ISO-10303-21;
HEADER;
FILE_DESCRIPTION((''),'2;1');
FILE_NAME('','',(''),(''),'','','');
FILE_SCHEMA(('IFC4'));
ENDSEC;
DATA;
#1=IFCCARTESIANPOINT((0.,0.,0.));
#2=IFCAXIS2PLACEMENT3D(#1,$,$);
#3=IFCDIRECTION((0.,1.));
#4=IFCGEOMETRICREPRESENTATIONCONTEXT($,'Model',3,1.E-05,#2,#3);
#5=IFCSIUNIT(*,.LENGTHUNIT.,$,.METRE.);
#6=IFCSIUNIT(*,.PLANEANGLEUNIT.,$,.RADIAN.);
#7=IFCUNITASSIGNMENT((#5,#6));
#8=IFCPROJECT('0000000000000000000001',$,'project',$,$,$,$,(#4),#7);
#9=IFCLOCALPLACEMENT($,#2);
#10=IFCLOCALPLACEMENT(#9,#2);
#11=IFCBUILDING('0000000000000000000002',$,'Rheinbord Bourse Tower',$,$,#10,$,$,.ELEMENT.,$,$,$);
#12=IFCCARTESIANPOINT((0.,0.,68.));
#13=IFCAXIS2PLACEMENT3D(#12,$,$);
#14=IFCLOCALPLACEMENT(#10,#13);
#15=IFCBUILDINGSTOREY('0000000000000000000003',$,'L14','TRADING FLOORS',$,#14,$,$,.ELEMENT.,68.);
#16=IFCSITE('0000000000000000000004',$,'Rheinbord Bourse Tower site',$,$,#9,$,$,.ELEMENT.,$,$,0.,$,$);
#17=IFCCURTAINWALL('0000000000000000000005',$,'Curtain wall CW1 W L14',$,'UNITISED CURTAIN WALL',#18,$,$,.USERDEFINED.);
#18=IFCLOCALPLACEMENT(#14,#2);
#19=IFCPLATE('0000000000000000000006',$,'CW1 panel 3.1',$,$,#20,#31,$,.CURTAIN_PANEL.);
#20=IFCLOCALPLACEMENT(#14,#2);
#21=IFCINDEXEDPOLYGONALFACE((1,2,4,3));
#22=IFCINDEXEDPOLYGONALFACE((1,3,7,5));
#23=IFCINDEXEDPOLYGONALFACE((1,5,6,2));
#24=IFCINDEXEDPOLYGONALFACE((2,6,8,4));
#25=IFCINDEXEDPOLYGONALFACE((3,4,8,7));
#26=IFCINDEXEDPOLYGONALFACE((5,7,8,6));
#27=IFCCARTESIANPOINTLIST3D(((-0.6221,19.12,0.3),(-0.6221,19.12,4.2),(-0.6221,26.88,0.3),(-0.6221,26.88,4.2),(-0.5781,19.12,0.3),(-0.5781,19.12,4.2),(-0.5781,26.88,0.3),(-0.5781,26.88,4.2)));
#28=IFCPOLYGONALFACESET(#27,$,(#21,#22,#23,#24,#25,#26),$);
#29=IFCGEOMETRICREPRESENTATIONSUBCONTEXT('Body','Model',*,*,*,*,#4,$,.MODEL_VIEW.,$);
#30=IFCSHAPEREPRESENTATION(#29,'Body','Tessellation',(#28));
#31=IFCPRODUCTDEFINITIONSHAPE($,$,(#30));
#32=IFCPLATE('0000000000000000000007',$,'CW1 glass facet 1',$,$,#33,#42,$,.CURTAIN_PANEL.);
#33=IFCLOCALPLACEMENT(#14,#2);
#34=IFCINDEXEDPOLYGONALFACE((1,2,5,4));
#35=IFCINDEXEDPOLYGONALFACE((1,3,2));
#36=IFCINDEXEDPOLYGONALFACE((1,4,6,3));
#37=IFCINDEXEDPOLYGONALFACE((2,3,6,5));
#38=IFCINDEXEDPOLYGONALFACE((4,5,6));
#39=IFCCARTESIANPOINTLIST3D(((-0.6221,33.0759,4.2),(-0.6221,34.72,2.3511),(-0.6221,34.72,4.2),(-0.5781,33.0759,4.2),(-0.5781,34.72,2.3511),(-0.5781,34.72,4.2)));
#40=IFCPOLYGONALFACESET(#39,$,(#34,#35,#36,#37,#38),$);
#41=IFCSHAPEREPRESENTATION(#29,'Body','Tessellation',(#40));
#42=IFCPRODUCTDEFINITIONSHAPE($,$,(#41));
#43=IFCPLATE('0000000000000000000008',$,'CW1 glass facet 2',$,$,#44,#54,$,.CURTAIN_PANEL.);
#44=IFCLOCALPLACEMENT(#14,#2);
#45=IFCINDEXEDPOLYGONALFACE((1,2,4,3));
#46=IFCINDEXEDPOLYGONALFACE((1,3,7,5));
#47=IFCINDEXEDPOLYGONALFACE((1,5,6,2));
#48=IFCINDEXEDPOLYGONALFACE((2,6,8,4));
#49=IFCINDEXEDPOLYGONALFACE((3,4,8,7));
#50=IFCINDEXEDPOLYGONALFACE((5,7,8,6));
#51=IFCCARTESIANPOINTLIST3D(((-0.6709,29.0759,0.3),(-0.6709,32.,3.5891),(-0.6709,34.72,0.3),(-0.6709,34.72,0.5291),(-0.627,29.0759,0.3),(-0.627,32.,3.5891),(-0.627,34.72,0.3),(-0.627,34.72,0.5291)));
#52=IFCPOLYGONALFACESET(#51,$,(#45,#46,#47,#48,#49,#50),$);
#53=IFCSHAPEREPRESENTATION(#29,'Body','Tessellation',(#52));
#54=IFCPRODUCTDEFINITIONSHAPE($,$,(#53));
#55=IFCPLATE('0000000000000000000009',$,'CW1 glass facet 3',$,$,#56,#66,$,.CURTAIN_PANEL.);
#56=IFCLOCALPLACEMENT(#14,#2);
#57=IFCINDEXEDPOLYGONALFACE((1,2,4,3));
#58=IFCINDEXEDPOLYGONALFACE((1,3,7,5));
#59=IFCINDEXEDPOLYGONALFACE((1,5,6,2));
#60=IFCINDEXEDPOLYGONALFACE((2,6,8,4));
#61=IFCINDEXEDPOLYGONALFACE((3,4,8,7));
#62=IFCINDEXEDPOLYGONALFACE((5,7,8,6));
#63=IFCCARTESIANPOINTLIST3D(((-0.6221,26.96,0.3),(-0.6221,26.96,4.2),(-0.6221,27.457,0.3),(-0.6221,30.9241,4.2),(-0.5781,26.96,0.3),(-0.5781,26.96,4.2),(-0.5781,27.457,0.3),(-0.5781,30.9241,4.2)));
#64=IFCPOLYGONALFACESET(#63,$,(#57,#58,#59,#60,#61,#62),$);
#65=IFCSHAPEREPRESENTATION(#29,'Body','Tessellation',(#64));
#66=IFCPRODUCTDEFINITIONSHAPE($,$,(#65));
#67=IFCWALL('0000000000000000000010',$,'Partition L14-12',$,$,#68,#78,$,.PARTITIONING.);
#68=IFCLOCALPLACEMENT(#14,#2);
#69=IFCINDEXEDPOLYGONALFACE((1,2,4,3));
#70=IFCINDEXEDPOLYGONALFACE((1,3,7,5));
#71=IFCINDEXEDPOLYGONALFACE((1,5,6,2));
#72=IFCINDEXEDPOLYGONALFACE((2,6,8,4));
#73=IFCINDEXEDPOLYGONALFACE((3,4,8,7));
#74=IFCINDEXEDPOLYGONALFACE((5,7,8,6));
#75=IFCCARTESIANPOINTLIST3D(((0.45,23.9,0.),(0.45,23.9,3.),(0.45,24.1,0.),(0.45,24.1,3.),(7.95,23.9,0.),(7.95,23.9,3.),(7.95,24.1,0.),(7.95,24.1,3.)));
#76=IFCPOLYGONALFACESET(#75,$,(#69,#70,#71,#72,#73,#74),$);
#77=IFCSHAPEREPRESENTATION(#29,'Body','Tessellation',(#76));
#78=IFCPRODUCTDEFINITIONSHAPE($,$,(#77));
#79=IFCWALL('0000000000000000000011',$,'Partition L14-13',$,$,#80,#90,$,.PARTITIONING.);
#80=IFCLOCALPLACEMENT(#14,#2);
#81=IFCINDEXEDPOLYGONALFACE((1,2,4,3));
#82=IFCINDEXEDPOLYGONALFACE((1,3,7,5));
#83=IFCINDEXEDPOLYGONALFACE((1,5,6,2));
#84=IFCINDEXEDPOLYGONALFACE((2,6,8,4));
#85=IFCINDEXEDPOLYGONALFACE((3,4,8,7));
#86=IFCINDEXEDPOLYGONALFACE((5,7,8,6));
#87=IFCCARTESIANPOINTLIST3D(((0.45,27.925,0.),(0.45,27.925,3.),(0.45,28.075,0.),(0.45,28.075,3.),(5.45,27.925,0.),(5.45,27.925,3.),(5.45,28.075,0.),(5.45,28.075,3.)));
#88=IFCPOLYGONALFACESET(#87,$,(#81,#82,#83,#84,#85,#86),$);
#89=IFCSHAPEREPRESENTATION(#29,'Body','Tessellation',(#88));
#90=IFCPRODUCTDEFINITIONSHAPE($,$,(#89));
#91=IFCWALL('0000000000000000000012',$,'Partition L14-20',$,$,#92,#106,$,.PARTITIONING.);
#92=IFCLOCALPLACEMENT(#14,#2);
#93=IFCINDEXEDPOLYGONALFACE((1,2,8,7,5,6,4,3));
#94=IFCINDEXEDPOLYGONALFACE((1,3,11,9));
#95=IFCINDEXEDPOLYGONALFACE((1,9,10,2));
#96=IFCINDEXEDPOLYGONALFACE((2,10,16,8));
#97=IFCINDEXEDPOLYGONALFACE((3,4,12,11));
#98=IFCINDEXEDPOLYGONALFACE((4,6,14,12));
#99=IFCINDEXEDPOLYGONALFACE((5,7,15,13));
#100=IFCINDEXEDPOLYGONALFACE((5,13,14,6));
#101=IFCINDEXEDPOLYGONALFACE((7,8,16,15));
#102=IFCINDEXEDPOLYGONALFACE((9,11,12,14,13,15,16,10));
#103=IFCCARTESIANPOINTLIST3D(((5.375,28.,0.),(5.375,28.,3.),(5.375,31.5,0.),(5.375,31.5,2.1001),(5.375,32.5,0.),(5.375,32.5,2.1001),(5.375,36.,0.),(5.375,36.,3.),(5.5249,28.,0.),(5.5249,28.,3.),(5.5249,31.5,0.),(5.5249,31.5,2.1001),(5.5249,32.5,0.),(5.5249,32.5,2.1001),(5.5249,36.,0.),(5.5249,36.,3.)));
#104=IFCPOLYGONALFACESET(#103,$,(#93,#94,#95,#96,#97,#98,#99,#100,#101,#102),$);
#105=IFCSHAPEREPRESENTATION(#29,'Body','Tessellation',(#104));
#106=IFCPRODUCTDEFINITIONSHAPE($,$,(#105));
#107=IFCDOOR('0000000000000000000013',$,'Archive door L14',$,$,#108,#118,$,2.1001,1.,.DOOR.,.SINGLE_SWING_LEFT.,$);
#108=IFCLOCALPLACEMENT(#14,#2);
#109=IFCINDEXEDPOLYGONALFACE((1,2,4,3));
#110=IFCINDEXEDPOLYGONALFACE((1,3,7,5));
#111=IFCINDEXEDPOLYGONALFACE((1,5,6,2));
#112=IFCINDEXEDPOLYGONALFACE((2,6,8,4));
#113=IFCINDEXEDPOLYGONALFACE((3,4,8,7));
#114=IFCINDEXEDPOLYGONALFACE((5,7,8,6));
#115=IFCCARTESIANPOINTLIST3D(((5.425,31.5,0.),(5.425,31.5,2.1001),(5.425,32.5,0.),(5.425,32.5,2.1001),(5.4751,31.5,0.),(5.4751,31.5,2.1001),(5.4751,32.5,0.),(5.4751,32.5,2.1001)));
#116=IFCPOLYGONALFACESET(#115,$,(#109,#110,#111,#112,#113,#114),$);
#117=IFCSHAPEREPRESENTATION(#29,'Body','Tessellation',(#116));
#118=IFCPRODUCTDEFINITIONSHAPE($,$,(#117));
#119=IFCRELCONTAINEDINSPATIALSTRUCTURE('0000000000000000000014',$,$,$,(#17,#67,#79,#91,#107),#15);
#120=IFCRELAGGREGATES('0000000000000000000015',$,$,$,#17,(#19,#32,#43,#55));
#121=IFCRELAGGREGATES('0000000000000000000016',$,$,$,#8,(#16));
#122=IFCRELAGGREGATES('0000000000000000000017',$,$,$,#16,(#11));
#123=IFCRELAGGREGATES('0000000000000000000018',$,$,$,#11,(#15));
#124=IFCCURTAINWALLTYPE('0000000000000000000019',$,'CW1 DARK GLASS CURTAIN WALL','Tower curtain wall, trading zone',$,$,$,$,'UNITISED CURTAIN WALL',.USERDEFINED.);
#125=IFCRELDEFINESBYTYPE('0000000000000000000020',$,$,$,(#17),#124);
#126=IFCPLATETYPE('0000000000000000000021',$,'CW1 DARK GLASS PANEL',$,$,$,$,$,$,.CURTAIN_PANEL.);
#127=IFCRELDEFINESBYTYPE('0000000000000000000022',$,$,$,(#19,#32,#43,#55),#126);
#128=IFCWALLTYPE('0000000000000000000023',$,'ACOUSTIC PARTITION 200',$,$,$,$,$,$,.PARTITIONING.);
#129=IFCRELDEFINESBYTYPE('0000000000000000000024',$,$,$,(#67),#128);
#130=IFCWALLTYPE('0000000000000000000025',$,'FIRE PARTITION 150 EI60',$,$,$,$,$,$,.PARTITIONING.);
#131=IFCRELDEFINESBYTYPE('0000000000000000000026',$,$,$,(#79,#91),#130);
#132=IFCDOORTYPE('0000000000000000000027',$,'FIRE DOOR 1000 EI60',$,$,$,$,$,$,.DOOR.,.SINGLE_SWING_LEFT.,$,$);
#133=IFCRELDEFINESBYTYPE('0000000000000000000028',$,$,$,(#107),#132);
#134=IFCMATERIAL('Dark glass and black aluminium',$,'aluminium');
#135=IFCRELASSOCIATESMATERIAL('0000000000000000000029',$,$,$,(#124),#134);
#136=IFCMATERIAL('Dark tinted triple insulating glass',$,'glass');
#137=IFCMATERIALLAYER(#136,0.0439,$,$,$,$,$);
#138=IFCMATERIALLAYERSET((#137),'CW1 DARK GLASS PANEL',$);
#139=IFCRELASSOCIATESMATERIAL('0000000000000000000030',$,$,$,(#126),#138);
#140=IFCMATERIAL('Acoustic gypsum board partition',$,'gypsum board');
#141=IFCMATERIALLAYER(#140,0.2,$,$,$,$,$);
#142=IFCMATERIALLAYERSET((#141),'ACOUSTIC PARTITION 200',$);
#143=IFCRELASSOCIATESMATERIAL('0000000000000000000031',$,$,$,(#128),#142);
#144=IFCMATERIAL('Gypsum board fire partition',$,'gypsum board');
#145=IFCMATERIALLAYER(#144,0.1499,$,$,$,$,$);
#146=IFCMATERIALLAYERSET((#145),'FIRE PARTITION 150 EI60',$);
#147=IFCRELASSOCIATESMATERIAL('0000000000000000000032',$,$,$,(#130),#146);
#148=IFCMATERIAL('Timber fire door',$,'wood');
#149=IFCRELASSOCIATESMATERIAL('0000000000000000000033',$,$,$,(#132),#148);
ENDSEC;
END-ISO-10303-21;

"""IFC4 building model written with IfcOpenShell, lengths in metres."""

from ifc_helpers import new_model, si_unit, direction, frame, frame_2d, origin, origin_2d, place, context, subcontext, project, spatial, polyline, rectangle, outline, extrude, material, layer, layer_set, type_object, element, fill, aggregate, save


model = new_model("IFC4")

# Units and contexts
model_context = context("Model", 3, precision=1e-05, world=origin(), true_north=direction((0.0, 1.0)))
body_context = subcontext(model_context, "Body", "Model", "MODEL_VIEW")
ifc_project = project(units=[si_unit("LENGTHUNIT", "METRE"), si_unit("PLANEANGLEUNIT", "RADIAN")], contexts=[model_context])

# Site, building, storey
site_placement = place(None, origin())
site = spatial("IfcSite", under=ifc_project, at=site_placement, Name="Rheinbord Bourse Tower site", CompositionType="ELEMENT", RefElevation=0.0)
building_placement = place(site_placement, origin())
building = spatial("IfcBuilding", under=site, at=building_placement, Name="Rheinbord Bourse Tower", CompositionType="ELEMENT")
storey_placement = place(building_placement, frame((0.0, 0.0, 68.0)))
storey = spatial("IfcBuildingStorey", under=building, at=storey_placement, Name="L14", Description="TRADING FLOORS", CompositionType="ELEMENT", Elevation=68.0)

# Curtain wall
ifc_material_1 = material(Name="Dark glass and black aluminium", Category="aluminium")
curtain_wall_type = type_object("IfcCurtainWallType", Name="CW1 DARK GLASS CURTAIN WALL", Description="Tower curtain wall, trading zone", ElementType="UNITISED CURTAIN WALL", PredefinedType="USERDEFINED", material=ifc_material_1)
curtain_wall_placement = place(storey_placement, origin())
curtain_wall = element("IfcCurtainWall", 1, at=curtain_wall_placement, inside=storey, type_object=curtain_wall_type, Name="Curtain wall CW1 W L14", ObjectType="UNITISED CURTAIN WALL", PredefinedType="USERDEFINED")

# Plates
ifc_material_2 = material(Name="Dark tinted triple insulating glass", Category="glass")
ifc_layer_1 = layer(ifc_material_2, 0.0439)
ifc_layer_set_1 = layer_set([ifc_layer_1], Name="CW1 DARK GLASS PANEL")
plate_type = type_object("IfcPlateType", Name="CW1 DARK GLASS PANEL", PredefinedType="CURTAIN_PANEL", material=ifc_layer_set_1)
plate_1_placement = place(storey_placement, frame((-0.6001, 23.0, 0.3), z_axis=(0.0, 0.0, 1.0), x_axis=(0.0, -1.0, 0.0)))
plate_1 = element("IfcPlate", 2, at=plate_1_placement, type_object=plate_type, Name="CW1 panel 3.1", PredefinedType="CURTAIN_PANEL", context=body_context, shape_type="SweptSolid", body=[
    extrude(rectangle(XDim=7.76, YDim=0.0439, at=origin_2d()), origin(), (0.0, 0.0, 1.0), 3.8999),
])
plate_2_placement = place(storey_placement, frame((-0.6221, 34.72, 4.2), z_axis=(1.0, 0.0, 0.0), x_axis=(0.0, -1.0, 0.0)))
plate_2 = element("IfcPlate", 3, at=plate_2_placement, type_object=plate_type, Name="CW1 glass facet 1", PredefinedType="CURTAIN_PANEL", context=body_context, shape_type="SweptSolid", body=[
    extrude(outline(polyline([(0.0, 0.0), (1.644, 0.0), (0.0, 1.8489), (0.0, 0.0)])), origin(), (0.0, 0.0, 1.0), 0.0439),
])
plate_3_placement = place(storey_placement, frame((-0.6709, 34.72, 0.3), z_axis=(1.0, 0.0, 0.0), x_axis=(0.0, 0.0, 1.0)))
plate_3 = element("IfcPlate", 4, at=plate_3_placement, type_object=plate_type, Name="CW1 glass facet 2", PredefinedType="CURTAIN_PANEL", context=body_context, shape_type="SweptSolid", body=[
    extrude(outline(polyline([(0.0, 0.0), (0.229, 0.0), (3.2891, 2.72), (0.0, 5.644), (0.0, 0.0)])), origin(), (0.0, 0.0, 1.0), 0.0439),
])
plate_4_placement = place(storey_placement, frame((-0.6221, 26.96, 4.2), z_axis=(1.0, 0.0, 0.0), x_axis=(0.0, 0.0, -1.0)))
plate_4 = element("IfcPlate", 5, at=plate_4_placement, type_object=plate_type, Name="CW1 glass facet 3", PredefinedType="CURTAIN_PANEL", context=body_context, shape_type="SweptSolid", body=[
    extrude(outline(polyline([(0.0, 0.0), (3.8999, 0.0), (3.8999, 0.4971), (0.0, 3.9641), (0.0, 0.0)])), origin(), (0.0, 0.0, 1.0), 0.0439),
])
aggregate(curtain_wall, [plate_1, plate_2, plate_3, plate_4])

# Walls
ifc_material_3 = material(Name="Acoustic gypsum board partition", Category="gypsum board")
ifc_layer_2 = layer(ifc_material_3, 0.2)
ifc_layer_set_2 = layer_set([ifc_layer_2], Name="ACOUSTIC PARTITION 200")
wall_type_1 = type_object("IfcWallType", Name="ACOUSTIC PARTITION 200", PredefinedType="PARTITIONING", material=ifc_layer_set_2)
wall_1_placement = place(storey_placement, frame((0.45, 24.0, 0.0), z_axis=(0.0, 0.0, 1.0), x_axis=(1.0, 0.0, 0.0)))
element("IfcWall", 6, at=wall_1_placement, inside=storey, type_object=wall_type_1, Name="Partition L14-12", PredefinedType="PARTITIONING", context=body_context, shape_type="SweptSolid", body=[
    extrude(rectangle(XDim=7.5, YDim=0.2, at=frame_2d((3.75, 0.0))), origin(), (0.0, 0.0, 1.0), 3.0),
])
ifc_material_4 = material(Name="Gypsum board fire partition", Category="gypsum board")
ifc_layer_3 = layer(ifc_material_4, 0.1499)
ifc_layer_set_3 = layer_set([ifc_layer_3], Name="FIRE PARTITION 150 EI60")
wall_type_2 = type_object("IfcWallType", Name="FIRE PARTITION 150 EI60", PredefinedType="PARTITIONING", material=ifc_layer_set_3)
wall_2_placement = place(storey_placement, frame((0.45, 28.0, 0.0), z_axis=(0.0, 0.0, 1.0), x_axis=(1.0, 0.0, 0.0)))
element("IfcWall", 7, at=wall_2_placement, inside=storey, type_object=wall_type_2, Name="Partition L14-13", PredefinedType="PARTITIONING", context=body_context, shape_type="SweptSolid", body=[
    extrude(rectangle(XDim=5.0, YDim=0.1499, at=frame_2d((2.5, 0.0))), origin(), (0.0, 0.0, 1.0), 3.0),
])

# Wall, opening, door
wall_3_placement = place(storey_placement, frame((5.45, 28.0, 0.0), z_axis=(0.0, 0.0, 1.0), x_axis=(0.0, 1.0, 0.0)))
wall_3 = element("IfcWall", 8, at=wall_3_placement, inside=storey, type_object=wall_type_2, Name="Partition L14-20", PredefinedType="PARTITIONING", context=body_context, shape_type="SweptSolid", body=[
    extrude(rectangle(XDim=8.0, YDim=0.1499, at=frame_2d((4.0, 0.0))), origin(), (0.0, 0.0, 1.0), 3.0),
])
opening_placement = place(wall_3_placement, frame((3.5, 0.0, 0.0)))
opening = element("IfcOpeningElement", 9, at=opening_placement, cuts=wall_3, PredefinedType="OPENING", context=body_context, shape_type="SweptSolid", body=[
    extrude(rectangle(XDim=1.0, YDim=2.1001, at=frame_2d((0.5, 1.05))), frame((0.0, 0.085, 0.0), z_axis=(0.0, -1.0, 0.0), x_axis=(1.0, 0.0, 0.0)), (0.0, 0.0, 1.0), 0.1699),
])
ifc_material_5 = material(Name="Timber fire door", Category="wood")
door_type = type_object("IfcDoorType", Name="FIRE DOOR 1000 EI60", OperationType="SINGLE_SWING_LEFT", PredefinedType="DOOR", material=ifc_material_5)
door_placement = place(opening_placement, origin())
door = element("IfcDoor", 10, at=door_placement, inside=storey, type_object=door_type, Name="Archive door L14", OperationType="SINGLE_SWING_LEFT", OverallHeight=2.1001, OverallWidth=1.0, PredefinedType="DOOR", context=body_context, shape_type="SweptSolid", body=[
    extrude(rectangle(XDim=1.0, YDim=2.1001, at=frame_2d((0.5, 1.05))), frame((0.0, 0.0249, 0.0), z_axis=(0.0, -1.0, 0.0), x_axis=(1.0, 0.0, 0.0)), (0.0, 0.0, 1.0), 0.05),
])
fill(opening, door)

save(model, "model.ifc")
